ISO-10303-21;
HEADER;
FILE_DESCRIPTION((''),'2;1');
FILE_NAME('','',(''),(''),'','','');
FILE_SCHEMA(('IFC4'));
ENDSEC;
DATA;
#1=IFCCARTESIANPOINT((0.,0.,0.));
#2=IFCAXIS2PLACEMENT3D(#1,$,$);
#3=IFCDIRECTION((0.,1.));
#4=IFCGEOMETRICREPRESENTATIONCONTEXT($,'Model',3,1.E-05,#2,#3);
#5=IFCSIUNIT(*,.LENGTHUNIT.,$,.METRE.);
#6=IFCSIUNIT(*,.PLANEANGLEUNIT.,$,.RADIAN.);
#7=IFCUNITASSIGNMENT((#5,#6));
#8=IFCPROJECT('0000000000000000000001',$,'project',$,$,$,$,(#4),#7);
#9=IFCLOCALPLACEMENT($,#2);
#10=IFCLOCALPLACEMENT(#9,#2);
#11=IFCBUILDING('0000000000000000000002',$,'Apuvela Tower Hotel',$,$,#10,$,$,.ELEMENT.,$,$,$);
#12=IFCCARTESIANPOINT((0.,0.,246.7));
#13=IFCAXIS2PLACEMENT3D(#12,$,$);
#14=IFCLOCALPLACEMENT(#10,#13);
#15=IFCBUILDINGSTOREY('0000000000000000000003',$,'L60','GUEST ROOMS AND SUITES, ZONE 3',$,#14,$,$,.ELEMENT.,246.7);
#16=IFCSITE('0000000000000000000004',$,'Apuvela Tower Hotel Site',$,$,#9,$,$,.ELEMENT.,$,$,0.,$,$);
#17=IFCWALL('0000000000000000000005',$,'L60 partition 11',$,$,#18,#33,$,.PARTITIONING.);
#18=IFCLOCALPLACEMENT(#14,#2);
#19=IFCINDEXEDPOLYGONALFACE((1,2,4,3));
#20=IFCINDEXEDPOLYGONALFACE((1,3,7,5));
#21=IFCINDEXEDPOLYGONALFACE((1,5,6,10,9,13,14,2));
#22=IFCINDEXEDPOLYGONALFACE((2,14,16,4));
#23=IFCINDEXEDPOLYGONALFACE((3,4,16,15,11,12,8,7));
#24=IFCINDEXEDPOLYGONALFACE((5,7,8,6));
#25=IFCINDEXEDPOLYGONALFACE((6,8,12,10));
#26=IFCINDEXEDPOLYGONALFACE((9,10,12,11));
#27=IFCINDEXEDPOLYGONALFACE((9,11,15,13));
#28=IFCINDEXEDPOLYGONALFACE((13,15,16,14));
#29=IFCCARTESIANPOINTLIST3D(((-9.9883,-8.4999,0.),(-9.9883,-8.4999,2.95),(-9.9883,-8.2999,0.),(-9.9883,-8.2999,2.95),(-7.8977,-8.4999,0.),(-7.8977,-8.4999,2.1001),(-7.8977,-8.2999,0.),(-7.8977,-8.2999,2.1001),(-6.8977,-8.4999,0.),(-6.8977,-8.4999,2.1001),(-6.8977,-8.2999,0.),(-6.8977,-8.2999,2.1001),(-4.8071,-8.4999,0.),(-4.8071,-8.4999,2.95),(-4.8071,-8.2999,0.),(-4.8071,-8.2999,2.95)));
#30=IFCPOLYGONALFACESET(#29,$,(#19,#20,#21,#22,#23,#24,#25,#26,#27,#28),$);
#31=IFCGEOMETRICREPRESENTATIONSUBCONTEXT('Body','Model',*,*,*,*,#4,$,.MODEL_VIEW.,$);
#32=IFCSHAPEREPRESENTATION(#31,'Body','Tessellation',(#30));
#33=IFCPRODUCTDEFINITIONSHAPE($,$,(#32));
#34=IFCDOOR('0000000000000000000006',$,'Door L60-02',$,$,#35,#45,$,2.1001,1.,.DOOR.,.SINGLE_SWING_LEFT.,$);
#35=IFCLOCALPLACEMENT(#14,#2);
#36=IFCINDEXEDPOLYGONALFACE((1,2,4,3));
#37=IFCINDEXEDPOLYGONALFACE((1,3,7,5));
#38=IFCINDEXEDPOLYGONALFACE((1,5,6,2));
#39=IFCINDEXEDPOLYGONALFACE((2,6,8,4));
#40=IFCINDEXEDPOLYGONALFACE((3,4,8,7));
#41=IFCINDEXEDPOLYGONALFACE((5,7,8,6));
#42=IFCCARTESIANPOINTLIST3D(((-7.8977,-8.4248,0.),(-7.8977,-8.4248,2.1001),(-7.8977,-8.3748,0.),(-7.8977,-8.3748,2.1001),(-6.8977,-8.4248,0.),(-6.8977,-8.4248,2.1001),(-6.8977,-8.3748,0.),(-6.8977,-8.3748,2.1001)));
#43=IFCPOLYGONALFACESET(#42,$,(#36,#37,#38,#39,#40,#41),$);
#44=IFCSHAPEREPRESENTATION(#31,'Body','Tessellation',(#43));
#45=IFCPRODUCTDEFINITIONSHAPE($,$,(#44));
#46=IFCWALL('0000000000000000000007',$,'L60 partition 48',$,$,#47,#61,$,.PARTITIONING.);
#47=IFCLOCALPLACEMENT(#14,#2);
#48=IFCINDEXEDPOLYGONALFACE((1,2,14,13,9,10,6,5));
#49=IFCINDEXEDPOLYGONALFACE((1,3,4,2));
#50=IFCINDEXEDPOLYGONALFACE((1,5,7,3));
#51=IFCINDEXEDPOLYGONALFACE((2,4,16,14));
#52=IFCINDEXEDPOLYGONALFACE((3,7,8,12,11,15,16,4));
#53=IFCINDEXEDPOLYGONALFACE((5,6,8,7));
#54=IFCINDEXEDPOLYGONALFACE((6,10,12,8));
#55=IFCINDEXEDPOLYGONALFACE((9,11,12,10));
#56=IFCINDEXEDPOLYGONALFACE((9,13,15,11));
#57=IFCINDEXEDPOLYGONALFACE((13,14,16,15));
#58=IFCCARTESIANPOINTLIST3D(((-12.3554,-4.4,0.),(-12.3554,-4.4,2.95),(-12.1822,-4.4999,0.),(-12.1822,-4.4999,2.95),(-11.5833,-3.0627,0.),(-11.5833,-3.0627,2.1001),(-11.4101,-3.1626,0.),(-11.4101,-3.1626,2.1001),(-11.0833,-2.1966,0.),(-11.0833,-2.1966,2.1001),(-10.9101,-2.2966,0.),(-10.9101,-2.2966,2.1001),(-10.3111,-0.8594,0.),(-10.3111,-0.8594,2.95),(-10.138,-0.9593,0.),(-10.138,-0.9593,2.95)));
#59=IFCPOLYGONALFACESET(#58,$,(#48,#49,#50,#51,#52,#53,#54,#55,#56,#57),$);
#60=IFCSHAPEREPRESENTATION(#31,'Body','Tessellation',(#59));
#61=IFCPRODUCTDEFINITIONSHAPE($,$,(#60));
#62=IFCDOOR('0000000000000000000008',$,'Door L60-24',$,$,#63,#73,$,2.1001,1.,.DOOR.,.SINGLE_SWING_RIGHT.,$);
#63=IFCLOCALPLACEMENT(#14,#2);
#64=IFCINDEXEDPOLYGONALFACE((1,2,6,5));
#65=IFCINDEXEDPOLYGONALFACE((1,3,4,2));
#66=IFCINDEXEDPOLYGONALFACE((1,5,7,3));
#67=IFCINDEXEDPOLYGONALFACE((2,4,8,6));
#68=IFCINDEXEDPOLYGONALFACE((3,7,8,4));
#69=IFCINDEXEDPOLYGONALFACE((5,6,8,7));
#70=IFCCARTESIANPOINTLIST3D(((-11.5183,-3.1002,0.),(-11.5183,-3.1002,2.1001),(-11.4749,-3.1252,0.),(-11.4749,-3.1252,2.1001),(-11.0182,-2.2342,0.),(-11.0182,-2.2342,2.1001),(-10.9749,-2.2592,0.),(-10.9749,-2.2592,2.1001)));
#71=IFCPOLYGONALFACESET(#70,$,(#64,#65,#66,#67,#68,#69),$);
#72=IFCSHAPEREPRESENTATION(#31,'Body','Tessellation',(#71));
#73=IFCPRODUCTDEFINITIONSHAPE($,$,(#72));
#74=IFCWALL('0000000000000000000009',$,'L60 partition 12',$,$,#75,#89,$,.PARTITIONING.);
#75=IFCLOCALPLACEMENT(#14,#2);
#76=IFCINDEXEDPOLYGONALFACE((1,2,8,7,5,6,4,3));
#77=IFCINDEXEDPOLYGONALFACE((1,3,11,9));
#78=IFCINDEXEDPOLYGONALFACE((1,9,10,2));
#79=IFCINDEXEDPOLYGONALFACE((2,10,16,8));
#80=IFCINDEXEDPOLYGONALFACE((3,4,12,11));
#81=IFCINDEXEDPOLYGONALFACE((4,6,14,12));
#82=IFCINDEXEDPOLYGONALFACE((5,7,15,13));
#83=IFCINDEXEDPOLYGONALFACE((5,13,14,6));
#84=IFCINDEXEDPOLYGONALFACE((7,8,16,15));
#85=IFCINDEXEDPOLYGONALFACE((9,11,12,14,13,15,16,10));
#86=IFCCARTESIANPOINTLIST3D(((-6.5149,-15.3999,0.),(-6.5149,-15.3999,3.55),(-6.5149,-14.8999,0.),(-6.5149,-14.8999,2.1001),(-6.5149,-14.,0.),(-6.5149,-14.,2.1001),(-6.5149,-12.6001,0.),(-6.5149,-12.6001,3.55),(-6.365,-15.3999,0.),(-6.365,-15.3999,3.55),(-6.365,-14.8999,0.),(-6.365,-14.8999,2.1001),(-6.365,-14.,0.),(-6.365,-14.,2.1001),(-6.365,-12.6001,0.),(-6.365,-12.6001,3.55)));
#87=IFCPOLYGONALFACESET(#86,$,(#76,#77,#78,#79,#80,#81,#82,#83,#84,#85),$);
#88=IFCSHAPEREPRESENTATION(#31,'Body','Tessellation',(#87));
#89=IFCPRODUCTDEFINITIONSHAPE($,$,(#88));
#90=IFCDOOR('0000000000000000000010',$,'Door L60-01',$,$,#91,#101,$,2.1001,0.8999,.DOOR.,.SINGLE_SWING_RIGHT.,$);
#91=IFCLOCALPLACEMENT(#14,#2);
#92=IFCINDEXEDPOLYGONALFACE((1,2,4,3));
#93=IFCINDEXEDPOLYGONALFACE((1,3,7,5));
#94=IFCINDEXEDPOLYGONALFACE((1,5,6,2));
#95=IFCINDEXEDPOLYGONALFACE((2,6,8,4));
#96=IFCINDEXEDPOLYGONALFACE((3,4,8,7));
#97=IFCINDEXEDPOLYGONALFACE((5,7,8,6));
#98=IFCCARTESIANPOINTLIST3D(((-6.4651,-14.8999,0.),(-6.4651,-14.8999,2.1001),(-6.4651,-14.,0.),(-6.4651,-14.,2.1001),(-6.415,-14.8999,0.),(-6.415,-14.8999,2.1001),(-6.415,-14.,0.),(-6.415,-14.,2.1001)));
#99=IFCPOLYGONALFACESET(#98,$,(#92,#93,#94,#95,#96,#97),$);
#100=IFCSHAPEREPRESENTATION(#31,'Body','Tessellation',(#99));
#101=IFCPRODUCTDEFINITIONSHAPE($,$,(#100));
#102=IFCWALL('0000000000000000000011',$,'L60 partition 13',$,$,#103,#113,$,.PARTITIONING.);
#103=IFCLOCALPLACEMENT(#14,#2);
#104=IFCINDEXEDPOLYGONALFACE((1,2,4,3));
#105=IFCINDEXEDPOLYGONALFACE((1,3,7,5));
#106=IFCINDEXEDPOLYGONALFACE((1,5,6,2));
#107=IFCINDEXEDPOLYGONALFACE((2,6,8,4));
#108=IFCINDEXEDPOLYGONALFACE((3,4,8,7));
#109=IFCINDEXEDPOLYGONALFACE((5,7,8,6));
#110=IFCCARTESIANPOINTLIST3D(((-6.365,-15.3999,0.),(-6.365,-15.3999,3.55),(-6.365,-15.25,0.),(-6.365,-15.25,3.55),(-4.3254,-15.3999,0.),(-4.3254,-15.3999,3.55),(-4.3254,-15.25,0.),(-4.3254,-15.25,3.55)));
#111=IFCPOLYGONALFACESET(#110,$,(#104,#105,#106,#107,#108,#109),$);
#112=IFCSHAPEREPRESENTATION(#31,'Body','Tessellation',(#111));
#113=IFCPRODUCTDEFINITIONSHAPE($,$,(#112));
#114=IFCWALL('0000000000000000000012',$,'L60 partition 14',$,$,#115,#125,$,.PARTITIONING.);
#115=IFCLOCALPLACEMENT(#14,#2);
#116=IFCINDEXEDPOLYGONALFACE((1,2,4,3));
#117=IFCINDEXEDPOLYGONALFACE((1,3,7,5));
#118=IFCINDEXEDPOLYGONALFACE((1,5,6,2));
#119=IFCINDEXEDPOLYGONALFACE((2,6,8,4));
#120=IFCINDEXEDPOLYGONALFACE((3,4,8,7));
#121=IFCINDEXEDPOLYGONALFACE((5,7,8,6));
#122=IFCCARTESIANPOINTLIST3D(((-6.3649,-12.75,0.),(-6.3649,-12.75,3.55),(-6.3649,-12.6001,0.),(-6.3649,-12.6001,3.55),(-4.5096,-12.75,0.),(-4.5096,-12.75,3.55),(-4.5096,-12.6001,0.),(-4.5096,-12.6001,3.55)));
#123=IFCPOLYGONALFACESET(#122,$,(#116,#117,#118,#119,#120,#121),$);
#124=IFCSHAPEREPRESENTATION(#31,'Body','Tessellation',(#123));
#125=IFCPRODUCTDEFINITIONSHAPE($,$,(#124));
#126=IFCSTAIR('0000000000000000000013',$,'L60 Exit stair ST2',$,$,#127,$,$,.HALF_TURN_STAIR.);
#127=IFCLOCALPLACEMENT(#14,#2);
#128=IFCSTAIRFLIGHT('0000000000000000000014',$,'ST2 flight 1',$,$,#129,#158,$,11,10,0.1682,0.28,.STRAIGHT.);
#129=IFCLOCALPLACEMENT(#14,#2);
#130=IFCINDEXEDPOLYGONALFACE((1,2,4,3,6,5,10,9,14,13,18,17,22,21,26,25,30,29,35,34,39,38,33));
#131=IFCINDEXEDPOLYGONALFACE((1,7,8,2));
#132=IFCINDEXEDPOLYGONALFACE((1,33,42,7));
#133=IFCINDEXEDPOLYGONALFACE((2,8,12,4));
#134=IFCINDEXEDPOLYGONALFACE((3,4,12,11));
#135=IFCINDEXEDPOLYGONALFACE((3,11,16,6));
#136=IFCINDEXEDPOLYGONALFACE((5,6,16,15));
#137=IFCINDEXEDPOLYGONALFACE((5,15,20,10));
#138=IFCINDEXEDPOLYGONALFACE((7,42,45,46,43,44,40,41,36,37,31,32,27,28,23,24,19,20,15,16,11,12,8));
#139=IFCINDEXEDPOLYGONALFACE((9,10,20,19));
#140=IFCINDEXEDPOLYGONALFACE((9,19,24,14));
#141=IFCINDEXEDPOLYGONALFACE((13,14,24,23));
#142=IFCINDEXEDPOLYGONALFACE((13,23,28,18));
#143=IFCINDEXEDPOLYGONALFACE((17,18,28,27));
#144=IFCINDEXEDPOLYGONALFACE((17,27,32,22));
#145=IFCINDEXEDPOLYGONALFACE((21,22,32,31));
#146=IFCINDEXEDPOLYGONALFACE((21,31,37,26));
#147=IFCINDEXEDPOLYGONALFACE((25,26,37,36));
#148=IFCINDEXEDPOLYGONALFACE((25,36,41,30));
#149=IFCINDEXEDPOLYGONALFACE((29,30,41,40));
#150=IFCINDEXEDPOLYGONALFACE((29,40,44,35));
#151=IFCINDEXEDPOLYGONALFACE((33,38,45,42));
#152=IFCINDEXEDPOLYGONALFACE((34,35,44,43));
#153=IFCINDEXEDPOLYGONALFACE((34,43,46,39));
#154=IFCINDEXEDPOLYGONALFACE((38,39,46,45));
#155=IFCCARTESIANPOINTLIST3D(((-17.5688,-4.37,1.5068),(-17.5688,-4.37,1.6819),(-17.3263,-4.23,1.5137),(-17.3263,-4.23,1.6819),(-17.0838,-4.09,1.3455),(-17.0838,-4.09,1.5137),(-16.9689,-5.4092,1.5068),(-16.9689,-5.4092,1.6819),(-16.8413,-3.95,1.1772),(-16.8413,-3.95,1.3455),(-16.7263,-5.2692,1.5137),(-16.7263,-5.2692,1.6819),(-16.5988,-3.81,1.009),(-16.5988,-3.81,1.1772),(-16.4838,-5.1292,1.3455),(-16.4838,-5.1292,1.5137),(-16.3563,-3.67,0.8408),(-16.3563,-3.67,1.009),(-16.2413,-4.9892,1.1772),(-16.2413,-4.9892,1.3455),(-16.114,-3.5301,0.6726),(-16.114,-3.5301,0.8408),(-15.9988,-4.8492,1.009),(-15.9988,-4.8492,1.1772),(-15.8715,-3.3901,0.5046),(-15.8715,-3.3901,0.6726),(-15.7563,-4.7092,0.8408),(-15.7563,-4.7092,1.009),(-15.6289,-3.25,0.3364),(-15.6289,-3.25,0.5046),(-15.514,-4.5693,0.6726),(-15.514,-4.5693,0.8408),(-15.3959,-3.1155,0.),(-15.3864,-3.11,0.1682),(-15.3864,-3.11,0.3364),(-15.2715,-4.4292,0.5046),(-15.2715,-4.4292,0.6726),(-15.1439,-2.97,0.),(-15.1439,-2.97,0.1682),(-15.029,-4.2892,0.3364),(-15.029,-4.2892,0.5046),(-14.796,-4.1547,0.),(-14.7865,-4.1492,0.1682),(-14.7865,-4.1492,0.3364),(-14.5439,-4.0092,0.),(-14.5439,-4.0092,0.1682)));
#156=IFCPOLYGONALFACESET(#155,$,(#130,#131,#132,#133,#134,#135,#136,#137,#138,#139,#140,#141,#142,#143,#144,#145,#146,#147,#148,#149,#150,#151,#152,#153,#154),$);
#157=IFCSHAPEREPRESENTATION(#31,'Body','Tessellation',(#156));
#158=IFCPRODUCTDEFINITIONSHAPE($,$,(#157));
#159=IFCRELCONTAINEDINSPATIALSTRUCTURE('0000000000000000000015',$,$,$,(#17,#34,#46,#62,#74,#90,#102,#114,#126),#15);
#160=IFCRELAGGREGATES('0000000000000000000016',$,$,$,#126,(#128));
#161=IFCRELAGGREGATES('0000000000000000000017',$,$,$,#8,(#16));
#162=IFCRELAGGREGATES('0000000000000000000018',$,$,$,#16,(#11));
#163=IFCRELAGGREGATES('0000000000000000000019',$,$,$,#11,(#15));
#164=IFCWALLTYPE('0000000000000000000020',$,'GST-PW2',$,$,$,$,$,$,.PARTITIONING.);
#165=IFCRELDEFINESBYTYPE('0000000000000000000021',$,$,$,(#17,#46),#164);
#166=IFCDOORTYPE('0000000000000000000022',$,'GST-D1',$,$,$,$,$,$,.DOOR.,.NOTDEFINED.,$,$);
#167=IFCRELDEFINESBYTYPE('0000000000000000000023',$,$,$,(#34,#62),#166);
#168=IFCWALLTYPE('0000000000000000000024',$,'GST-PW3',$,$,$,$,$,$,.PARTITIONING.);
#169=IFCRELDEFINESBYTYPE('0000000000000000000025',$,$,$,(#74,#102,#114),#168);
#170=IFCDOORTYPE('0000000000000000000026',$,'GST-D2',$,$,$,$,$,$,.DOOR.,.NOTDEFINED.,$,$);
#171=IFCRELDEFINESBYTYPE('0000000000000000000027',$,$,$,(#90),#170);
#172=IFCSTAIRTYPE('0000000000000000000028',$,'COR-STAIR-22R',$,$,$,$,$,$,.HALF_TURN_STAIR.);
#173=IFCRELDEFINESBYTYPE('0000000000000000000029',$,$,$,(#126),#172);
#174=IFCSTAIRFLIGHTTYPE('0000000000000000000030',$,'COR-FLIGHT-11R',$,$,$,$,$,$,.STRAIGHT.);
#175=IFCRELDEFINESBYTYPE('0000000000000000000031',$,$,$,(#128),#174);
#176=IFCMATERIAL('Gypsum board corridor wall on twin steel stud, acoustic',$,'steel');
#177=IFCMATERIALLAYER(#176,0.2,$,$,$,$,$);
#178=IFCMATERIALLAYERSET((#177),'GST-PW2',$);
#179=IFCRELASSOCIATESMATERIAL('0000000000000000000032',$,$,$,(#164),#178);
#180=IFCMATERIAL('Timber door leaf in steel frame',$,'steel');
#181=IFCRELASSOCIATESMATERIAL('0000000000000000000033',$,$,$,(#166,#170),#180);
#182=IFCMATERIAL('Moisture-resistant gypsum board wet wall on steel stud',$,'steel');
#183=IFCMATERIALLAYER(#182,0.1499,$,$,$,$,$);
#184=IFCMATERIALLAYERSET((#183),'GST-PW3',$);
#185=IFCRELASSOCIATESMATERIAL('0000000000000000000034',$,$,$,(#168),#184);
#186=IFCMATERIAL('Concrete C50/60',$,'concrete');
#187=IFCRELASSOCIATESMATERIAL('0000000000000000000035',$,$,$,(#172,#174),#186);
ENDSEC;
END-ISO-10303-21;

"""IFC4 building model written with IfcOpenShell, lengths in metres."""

from ifc_helpers import new_model, si_unit, direction, frame, frame_2d, origin, place, context, subcontext, project, spatial, polyline, rectangle, outline, extrude, material, layer, layer_set, type_object, element, fill, aggregate, save


model = new_model("IFC4")

# Units and contexts
model_context = context("Model", 3, precision=1e-05, world=origin(), true_north=direction((0.0, 1.0)))
body_context = subcontext(model_context, "Body", "Model", "MODEL_VIEW")
ifc_project = project(units=[si_unit("LENGTHUNIT", "METRE"), si_unit("PLANEANGLEUNIT", "RADIAN")], contexts=[model_context])

# Site, building, storey
site_placement = place(None, origin())
site = spatial("IfcSite", under=ifc_project, at=site_placement, Name="Apuvela Tower Hotel Site", CompositionType="ELEMENT", RefElevation=0.0)
building_placement = place(site_placement, origin())
building = spatial("IfcBuilding", under=site, at=building_placement, Name="Apuvela Tower Hotel", CompositionType="ELEMENT")
storey_placement = place(building_placement, frame((0.0, 0.0, 246.7)))
storey = spatial("IfcBuildingStorey", under=building, at=storey_placement, Name="L60", Description="GUEST ROOMS AND SUITES, ZONE 3", CompositionType="ELEMENT", Elevation=246.7)

# Shared definitions
ifc_material_1 = material(Name="Concrete C50/60", Category="concrete")

# Walls, openings, doors
ifc_material_2 = material(Name="Gypsum board corridor wall on twin steel stud, acoustic", Category="steel")
ifc_layer_1 = layer(ifc_material_2, 0.2)
ifc_layer_set_1 = layer_set([ifc_layer_1], Name="GST-PW2")
wall_type_1 = type_object("IfcWallType", Name="GST-PW2", PredefinedType="PARTITIONING", material=ifc_layer_set_1)
wall_1_placement = place(storey_placement, frame((-4.8071, -8.3999, 0.0), z_axis=(0.0, 0.0, 1.0), x_axis=(-1.0, 0.0, 0.0)))
wall_1 = element("IfcWall", 1, at=wall_1_placement, inside=storey, type_object=wall_type_1, Name="L60 partition 11", PredefinedType="PARTITIONING", context=body_context, shape_type="SweptSolid", body=[
    extrude(rectangle(XDim=5.1812, YDim=0.2, at=frame_2d((2.5906, 0.0))), origin(), (0.0, 0.0, 1.0), 2.95),
])
opening_1_placement = place(wall_1_placement, frame((2.0906, 0.0, 0.0)))
opening_1 = element("IfcOpeningElement", 2, at=opening_1_placement, cuts=wall_1, PredefinedType="OPENING", context=body_context, shape_type="SweptSolid", body=[
    extrude(rectangle(XDim=1.0, YDim=2.1001, at=frame_2d((0.5, 1.05))), frame((0.0, 0.1099, 0.0), z_axis=(0.0, -1.0, 0.0), x_axis=(1.0, 0.0, 0.0)), (0.0, 0.0, 1.0), 0.22),
])
ifc_material_3 = material(Name="Timber door leaf in steel frame", Category="steel")
door_type_1 = type_object("IfcDoorType", Name="GST-D1", OperationType="NOTDEFINED", PredefinedType="DOOR", material=ifc_material_3)
door_1_placement = place(opening_1_placement, origin())
door_1 = element("IfcDoor", 3, at=door_1_placement, inside=storey, type_object=door_type_1, Name="Door L60-02", OperationType="SINGLE_SWING_LEFT", OverallHeight=2.1001, OverallWidth=1.0, PredefinedType="DOOR", context=body_context, shape_type="SweptSolid", body=[
    extrude(rectangle(XDim=1.0, YDim=2.1001, at=frame_2d((0.5, 1.05))), frame((0.0, 0.0249, 0.0), z_axis=(0.0, -1.0, 0.0), x_axis=(1.0, 0.0, 0.0)), (0.0, 0.0, 1.0), 0.05),
])
fill(opening_1, door_1)
wall_2_placement = place(storey_placement, frame((-12.2688, -4.45, 0.0), z_axis=(0.0, 0.0, 1.0), x_axis=(0.500012, 0.866019, 0.0)))
wall_2 = element("IfcWall", 4, at=wall_2_placement, inside=storey, type_object=wall_type_1, Name="L60 partition 48", PredefinedType="PARTITIONING", context=body_context, shape_type="SweptSolid", body=[
    extrude(rectangle(XDim=4.0884, YDim=0.2, at=frame_2d((2.0442, 0.0))), origin(), (0.0, 0.0, 1.0), 2.95),
])
opening_2_placement = place(wall_2_placement, frame((1.5442, 0.0, 0.0)))
opening_2 = element("IfcOpeningElement", 5, at=opening_2_placement, cuts=wall_2, PredefinedType="OPENING", context=body_context, shape_type="SweptSolid", body=[
    extrude(rectangle(XDim=1.0, YDim=2.1001, at=frame_2d((0.5, 1.05))), frame((0.0, 0.1099, 0.0), z_axis=(0.0, -1.0, 0.0), x_axis=(1.0, 0.0, 0.0)), (0.0, 0.0, 1.0), 0.22),
])
door_2_placement = place(opening_2_placement, origin())
door_2 = element("IfcDoor", 6, at=door_2_placement, inside=storey, type_object=door_type_1, Name="Door L60-24", OperationType="SINGLE_SWING_RIGHT", OverallHeight=2.1001, OverallWidth=1.0, PredefinedType="DOOR", context=body_context, shape_type="SweptSolid", body=[
    extrude(rectangle(XDim=1.0, YDim=2.1001, at=frame_2d((0.5, 1.05))), frame((0.0, 0.0249, 0.0), z_axis=(0.0, -1.0, 0.0), x_axis=(1.0, 0.0, 0.0)), (0.0, 0.0, 1.0), 0.05),
])
fill(opening_2, door_2)
ifc_material_4 = material(Name="Moisture-resistant gypsum board wet wall on steel stud", Category="steel")
ifc_layer_2 = layer(ifc_material_4, 0.1499)
ifc_layer_set_2 = layer_set([ifc_layer_2], Name="GST-PW3")
wall_type_2 = type_object("IfcWallType", Name="GST-PW3", PredefinedType="PARTITIONING", material=ifc_layer_set_2)
wall_3_placement = place(storey_placement, frame((-6.4399, -12.6001, 0.0), z_axis=(0.0, 0.0, 1.0), x_axis=(0.0, -1.0, 0.0)))
wall_3 = element("IfcWall", 7, at=wall_3_placement, inside=storey, type_object=wall_type_2, Name="L60 partition 12", PredefinedType="PARTITIONING", context=body_context, shape_type="SweptSolid", body=[
    extrude(rectangle(XDim=2.7998, YDim=0.1499, at=frame_2d((1.3999, 0.0))), origin(), (0.0, 0.0, 1.0), 3.55),
])
opening_3_placement = place(wall_3_placement, frame((1.3999, 0.0, 0.0)))
opening_3 = element("IfcOpeningElement", 8, at=opening_3_placement, cuts=wall_3, PredefinedType="OPENING", context=body_context, shape_type="SweptSolid", body=[
    extrude(rectangle(XDim=0.8999, YDim=2.1001, at=frame_2d((0.45, 1.05))), frame((0.0, 0.085, 0.0), z_axis=(0.0, -1.0, 0.0), x_axis=(1.0, 0.0, 0.0)), (0.0, 0.0, 1.0), 0.1699),
])
door_type_2 = type_object("IfcDoorType", Name="GST-D2", OperationType="NOTDEFINED", PredefinedType="DOOR", material=ifc_material_3)
door_3_placement = place(opening_3_placement, origin())
door_3 = element("IfcDoor", 9, at=door_3_placement, inside=storey, type_object=door_type_2, Name="Door L60-01", OperationType="SINGLE_SWING_RIGHT", OverallHeight=2.1001, OverallWidth=0.8999, PredefinedType="DOOR", context=body_context, shape_type="SweptSolid", body=[
    extrude(rectangle(XDim=0.8999, YDim=2.1001, at=frame_2d((0.45, 1.05))), frame((0.0, 0.0249, 0.0), z_axis=(0.0, -1.0, 0.0), x_axis=(1.0, 0.0, 0.0)), (0.0, 0.0, 1.0), 0.05),
])
fill(opening_3, door_3)

# Walls
wall_4_placement = place(storey_placement, frame((-6.365, -15.325, 0.0), z_axis=(0.0, 0.0, 1.0), x_axis=(1.0, 0.0, 0.0)))
element("IfcWall", 10, at=wall_4_placement, inside=storey, type_object=wall_type_2, Name="L60 partition 13", PredefinedType="PARTITIONING", context=body_context, shape_type="SweptSolid", body=[
    extrude(rectangle(XDim=2.0396, YDim=0.1499, at=frame_2d((1.0198, 0.0))), origin(), (0.0, 0.0, 1.0), 3.55),
])
wall_5_placement = place(storey_placement, frame((-6.365, -12.675, 0.0), z_axis=(0.0, 0.0, 1.0), x_axis=(1.0, 0.0, 0.0)))
element("IfcWall", 11, at=wall_5_placement, inside=storey, type_object=wall_type_2, Name="L60 partition 14", PredefinedType="PARTITIONING", context=body_context, shape_type="SweptSolid", body=[
    extrude(rectangle(XDim=1.8552, YDim=0.1499, at=frame_2d((0.9277, 0.0))), origin(), (0.0, 0.0, 1.0), 3.55),
])

# Stair, stair flight
stair_type = type_object("IfcStairType", Name="COR-STAIR-22R", PredefinedType="HALF_TURN_STAIR", material=ifc_material_1)
stair_placement = place(storey_placement, origin())
stair = element("IfcStair", 12, at=stair_placement, inside=storey, type_object=stair_type, Name="L60 Exit stair ST2", PredefinedType="HALF_TURN_STAIR")
stair_flight_type = type_object("IfcStairFlightType", Name="COR-FLIGHT-11R", PredefinedType="STRAIGHT", material=ifc_material_1)
stair_flight_placement = place(storey_placement, frame((-14.844, -3.4895, 0.0), z_axis=(0.0, 0.0, 1.0), x_axis=(-0.866025, -0.5, 0.0)))
stair_flight = element("IfcStairFlight", 13, at=stair_flight_placement, type_object=stair_flight_type, Name="ST2 flight 1", NumberOfRisers=11, NumberOfTreads=10, PredefinedType="STRAIGHT", RiserHeight=0.1682, TreadLength=0.28, context=body_context, shape_type="SweptSolid", body=[
    extrude(outline(polyline([(0.0, 0.0), (0.0, 0.1682), (0.28, 0.1682), (0.28, 0.3364), (0.5601, 0.3364), (0.5601, 0.5046), (0.8401, 0.5046), (0.8401, 0.6726), (1.1201, 0.6726), (1.1201, 0.8408), (1.3999, 0.8408), (1.3999, 1.009), (1.6799, 1.009), (1.6799, 1.1772), (1.96, 1.1772), (1.96, 1.3455), (2.24, 1.3455), (2.24, 1.5137), (2.52, 1.5137), (2.52, 1.6819), (2.8, 1.6819), (2.8, 1.8501), (2.8, 1.5068), (0.291, 0.0), (0.0, 0.0)])), frame((0.0, 0.6001, 0.0), z_axis=(0.0, -1.0, 0.0), x_axis=(1.0, 0.0, 0.0)), (0.0, 0.0, 1.0), 1.2),
])
aggregate(stair, [stair_flight])

save(model, "model.ifc")
